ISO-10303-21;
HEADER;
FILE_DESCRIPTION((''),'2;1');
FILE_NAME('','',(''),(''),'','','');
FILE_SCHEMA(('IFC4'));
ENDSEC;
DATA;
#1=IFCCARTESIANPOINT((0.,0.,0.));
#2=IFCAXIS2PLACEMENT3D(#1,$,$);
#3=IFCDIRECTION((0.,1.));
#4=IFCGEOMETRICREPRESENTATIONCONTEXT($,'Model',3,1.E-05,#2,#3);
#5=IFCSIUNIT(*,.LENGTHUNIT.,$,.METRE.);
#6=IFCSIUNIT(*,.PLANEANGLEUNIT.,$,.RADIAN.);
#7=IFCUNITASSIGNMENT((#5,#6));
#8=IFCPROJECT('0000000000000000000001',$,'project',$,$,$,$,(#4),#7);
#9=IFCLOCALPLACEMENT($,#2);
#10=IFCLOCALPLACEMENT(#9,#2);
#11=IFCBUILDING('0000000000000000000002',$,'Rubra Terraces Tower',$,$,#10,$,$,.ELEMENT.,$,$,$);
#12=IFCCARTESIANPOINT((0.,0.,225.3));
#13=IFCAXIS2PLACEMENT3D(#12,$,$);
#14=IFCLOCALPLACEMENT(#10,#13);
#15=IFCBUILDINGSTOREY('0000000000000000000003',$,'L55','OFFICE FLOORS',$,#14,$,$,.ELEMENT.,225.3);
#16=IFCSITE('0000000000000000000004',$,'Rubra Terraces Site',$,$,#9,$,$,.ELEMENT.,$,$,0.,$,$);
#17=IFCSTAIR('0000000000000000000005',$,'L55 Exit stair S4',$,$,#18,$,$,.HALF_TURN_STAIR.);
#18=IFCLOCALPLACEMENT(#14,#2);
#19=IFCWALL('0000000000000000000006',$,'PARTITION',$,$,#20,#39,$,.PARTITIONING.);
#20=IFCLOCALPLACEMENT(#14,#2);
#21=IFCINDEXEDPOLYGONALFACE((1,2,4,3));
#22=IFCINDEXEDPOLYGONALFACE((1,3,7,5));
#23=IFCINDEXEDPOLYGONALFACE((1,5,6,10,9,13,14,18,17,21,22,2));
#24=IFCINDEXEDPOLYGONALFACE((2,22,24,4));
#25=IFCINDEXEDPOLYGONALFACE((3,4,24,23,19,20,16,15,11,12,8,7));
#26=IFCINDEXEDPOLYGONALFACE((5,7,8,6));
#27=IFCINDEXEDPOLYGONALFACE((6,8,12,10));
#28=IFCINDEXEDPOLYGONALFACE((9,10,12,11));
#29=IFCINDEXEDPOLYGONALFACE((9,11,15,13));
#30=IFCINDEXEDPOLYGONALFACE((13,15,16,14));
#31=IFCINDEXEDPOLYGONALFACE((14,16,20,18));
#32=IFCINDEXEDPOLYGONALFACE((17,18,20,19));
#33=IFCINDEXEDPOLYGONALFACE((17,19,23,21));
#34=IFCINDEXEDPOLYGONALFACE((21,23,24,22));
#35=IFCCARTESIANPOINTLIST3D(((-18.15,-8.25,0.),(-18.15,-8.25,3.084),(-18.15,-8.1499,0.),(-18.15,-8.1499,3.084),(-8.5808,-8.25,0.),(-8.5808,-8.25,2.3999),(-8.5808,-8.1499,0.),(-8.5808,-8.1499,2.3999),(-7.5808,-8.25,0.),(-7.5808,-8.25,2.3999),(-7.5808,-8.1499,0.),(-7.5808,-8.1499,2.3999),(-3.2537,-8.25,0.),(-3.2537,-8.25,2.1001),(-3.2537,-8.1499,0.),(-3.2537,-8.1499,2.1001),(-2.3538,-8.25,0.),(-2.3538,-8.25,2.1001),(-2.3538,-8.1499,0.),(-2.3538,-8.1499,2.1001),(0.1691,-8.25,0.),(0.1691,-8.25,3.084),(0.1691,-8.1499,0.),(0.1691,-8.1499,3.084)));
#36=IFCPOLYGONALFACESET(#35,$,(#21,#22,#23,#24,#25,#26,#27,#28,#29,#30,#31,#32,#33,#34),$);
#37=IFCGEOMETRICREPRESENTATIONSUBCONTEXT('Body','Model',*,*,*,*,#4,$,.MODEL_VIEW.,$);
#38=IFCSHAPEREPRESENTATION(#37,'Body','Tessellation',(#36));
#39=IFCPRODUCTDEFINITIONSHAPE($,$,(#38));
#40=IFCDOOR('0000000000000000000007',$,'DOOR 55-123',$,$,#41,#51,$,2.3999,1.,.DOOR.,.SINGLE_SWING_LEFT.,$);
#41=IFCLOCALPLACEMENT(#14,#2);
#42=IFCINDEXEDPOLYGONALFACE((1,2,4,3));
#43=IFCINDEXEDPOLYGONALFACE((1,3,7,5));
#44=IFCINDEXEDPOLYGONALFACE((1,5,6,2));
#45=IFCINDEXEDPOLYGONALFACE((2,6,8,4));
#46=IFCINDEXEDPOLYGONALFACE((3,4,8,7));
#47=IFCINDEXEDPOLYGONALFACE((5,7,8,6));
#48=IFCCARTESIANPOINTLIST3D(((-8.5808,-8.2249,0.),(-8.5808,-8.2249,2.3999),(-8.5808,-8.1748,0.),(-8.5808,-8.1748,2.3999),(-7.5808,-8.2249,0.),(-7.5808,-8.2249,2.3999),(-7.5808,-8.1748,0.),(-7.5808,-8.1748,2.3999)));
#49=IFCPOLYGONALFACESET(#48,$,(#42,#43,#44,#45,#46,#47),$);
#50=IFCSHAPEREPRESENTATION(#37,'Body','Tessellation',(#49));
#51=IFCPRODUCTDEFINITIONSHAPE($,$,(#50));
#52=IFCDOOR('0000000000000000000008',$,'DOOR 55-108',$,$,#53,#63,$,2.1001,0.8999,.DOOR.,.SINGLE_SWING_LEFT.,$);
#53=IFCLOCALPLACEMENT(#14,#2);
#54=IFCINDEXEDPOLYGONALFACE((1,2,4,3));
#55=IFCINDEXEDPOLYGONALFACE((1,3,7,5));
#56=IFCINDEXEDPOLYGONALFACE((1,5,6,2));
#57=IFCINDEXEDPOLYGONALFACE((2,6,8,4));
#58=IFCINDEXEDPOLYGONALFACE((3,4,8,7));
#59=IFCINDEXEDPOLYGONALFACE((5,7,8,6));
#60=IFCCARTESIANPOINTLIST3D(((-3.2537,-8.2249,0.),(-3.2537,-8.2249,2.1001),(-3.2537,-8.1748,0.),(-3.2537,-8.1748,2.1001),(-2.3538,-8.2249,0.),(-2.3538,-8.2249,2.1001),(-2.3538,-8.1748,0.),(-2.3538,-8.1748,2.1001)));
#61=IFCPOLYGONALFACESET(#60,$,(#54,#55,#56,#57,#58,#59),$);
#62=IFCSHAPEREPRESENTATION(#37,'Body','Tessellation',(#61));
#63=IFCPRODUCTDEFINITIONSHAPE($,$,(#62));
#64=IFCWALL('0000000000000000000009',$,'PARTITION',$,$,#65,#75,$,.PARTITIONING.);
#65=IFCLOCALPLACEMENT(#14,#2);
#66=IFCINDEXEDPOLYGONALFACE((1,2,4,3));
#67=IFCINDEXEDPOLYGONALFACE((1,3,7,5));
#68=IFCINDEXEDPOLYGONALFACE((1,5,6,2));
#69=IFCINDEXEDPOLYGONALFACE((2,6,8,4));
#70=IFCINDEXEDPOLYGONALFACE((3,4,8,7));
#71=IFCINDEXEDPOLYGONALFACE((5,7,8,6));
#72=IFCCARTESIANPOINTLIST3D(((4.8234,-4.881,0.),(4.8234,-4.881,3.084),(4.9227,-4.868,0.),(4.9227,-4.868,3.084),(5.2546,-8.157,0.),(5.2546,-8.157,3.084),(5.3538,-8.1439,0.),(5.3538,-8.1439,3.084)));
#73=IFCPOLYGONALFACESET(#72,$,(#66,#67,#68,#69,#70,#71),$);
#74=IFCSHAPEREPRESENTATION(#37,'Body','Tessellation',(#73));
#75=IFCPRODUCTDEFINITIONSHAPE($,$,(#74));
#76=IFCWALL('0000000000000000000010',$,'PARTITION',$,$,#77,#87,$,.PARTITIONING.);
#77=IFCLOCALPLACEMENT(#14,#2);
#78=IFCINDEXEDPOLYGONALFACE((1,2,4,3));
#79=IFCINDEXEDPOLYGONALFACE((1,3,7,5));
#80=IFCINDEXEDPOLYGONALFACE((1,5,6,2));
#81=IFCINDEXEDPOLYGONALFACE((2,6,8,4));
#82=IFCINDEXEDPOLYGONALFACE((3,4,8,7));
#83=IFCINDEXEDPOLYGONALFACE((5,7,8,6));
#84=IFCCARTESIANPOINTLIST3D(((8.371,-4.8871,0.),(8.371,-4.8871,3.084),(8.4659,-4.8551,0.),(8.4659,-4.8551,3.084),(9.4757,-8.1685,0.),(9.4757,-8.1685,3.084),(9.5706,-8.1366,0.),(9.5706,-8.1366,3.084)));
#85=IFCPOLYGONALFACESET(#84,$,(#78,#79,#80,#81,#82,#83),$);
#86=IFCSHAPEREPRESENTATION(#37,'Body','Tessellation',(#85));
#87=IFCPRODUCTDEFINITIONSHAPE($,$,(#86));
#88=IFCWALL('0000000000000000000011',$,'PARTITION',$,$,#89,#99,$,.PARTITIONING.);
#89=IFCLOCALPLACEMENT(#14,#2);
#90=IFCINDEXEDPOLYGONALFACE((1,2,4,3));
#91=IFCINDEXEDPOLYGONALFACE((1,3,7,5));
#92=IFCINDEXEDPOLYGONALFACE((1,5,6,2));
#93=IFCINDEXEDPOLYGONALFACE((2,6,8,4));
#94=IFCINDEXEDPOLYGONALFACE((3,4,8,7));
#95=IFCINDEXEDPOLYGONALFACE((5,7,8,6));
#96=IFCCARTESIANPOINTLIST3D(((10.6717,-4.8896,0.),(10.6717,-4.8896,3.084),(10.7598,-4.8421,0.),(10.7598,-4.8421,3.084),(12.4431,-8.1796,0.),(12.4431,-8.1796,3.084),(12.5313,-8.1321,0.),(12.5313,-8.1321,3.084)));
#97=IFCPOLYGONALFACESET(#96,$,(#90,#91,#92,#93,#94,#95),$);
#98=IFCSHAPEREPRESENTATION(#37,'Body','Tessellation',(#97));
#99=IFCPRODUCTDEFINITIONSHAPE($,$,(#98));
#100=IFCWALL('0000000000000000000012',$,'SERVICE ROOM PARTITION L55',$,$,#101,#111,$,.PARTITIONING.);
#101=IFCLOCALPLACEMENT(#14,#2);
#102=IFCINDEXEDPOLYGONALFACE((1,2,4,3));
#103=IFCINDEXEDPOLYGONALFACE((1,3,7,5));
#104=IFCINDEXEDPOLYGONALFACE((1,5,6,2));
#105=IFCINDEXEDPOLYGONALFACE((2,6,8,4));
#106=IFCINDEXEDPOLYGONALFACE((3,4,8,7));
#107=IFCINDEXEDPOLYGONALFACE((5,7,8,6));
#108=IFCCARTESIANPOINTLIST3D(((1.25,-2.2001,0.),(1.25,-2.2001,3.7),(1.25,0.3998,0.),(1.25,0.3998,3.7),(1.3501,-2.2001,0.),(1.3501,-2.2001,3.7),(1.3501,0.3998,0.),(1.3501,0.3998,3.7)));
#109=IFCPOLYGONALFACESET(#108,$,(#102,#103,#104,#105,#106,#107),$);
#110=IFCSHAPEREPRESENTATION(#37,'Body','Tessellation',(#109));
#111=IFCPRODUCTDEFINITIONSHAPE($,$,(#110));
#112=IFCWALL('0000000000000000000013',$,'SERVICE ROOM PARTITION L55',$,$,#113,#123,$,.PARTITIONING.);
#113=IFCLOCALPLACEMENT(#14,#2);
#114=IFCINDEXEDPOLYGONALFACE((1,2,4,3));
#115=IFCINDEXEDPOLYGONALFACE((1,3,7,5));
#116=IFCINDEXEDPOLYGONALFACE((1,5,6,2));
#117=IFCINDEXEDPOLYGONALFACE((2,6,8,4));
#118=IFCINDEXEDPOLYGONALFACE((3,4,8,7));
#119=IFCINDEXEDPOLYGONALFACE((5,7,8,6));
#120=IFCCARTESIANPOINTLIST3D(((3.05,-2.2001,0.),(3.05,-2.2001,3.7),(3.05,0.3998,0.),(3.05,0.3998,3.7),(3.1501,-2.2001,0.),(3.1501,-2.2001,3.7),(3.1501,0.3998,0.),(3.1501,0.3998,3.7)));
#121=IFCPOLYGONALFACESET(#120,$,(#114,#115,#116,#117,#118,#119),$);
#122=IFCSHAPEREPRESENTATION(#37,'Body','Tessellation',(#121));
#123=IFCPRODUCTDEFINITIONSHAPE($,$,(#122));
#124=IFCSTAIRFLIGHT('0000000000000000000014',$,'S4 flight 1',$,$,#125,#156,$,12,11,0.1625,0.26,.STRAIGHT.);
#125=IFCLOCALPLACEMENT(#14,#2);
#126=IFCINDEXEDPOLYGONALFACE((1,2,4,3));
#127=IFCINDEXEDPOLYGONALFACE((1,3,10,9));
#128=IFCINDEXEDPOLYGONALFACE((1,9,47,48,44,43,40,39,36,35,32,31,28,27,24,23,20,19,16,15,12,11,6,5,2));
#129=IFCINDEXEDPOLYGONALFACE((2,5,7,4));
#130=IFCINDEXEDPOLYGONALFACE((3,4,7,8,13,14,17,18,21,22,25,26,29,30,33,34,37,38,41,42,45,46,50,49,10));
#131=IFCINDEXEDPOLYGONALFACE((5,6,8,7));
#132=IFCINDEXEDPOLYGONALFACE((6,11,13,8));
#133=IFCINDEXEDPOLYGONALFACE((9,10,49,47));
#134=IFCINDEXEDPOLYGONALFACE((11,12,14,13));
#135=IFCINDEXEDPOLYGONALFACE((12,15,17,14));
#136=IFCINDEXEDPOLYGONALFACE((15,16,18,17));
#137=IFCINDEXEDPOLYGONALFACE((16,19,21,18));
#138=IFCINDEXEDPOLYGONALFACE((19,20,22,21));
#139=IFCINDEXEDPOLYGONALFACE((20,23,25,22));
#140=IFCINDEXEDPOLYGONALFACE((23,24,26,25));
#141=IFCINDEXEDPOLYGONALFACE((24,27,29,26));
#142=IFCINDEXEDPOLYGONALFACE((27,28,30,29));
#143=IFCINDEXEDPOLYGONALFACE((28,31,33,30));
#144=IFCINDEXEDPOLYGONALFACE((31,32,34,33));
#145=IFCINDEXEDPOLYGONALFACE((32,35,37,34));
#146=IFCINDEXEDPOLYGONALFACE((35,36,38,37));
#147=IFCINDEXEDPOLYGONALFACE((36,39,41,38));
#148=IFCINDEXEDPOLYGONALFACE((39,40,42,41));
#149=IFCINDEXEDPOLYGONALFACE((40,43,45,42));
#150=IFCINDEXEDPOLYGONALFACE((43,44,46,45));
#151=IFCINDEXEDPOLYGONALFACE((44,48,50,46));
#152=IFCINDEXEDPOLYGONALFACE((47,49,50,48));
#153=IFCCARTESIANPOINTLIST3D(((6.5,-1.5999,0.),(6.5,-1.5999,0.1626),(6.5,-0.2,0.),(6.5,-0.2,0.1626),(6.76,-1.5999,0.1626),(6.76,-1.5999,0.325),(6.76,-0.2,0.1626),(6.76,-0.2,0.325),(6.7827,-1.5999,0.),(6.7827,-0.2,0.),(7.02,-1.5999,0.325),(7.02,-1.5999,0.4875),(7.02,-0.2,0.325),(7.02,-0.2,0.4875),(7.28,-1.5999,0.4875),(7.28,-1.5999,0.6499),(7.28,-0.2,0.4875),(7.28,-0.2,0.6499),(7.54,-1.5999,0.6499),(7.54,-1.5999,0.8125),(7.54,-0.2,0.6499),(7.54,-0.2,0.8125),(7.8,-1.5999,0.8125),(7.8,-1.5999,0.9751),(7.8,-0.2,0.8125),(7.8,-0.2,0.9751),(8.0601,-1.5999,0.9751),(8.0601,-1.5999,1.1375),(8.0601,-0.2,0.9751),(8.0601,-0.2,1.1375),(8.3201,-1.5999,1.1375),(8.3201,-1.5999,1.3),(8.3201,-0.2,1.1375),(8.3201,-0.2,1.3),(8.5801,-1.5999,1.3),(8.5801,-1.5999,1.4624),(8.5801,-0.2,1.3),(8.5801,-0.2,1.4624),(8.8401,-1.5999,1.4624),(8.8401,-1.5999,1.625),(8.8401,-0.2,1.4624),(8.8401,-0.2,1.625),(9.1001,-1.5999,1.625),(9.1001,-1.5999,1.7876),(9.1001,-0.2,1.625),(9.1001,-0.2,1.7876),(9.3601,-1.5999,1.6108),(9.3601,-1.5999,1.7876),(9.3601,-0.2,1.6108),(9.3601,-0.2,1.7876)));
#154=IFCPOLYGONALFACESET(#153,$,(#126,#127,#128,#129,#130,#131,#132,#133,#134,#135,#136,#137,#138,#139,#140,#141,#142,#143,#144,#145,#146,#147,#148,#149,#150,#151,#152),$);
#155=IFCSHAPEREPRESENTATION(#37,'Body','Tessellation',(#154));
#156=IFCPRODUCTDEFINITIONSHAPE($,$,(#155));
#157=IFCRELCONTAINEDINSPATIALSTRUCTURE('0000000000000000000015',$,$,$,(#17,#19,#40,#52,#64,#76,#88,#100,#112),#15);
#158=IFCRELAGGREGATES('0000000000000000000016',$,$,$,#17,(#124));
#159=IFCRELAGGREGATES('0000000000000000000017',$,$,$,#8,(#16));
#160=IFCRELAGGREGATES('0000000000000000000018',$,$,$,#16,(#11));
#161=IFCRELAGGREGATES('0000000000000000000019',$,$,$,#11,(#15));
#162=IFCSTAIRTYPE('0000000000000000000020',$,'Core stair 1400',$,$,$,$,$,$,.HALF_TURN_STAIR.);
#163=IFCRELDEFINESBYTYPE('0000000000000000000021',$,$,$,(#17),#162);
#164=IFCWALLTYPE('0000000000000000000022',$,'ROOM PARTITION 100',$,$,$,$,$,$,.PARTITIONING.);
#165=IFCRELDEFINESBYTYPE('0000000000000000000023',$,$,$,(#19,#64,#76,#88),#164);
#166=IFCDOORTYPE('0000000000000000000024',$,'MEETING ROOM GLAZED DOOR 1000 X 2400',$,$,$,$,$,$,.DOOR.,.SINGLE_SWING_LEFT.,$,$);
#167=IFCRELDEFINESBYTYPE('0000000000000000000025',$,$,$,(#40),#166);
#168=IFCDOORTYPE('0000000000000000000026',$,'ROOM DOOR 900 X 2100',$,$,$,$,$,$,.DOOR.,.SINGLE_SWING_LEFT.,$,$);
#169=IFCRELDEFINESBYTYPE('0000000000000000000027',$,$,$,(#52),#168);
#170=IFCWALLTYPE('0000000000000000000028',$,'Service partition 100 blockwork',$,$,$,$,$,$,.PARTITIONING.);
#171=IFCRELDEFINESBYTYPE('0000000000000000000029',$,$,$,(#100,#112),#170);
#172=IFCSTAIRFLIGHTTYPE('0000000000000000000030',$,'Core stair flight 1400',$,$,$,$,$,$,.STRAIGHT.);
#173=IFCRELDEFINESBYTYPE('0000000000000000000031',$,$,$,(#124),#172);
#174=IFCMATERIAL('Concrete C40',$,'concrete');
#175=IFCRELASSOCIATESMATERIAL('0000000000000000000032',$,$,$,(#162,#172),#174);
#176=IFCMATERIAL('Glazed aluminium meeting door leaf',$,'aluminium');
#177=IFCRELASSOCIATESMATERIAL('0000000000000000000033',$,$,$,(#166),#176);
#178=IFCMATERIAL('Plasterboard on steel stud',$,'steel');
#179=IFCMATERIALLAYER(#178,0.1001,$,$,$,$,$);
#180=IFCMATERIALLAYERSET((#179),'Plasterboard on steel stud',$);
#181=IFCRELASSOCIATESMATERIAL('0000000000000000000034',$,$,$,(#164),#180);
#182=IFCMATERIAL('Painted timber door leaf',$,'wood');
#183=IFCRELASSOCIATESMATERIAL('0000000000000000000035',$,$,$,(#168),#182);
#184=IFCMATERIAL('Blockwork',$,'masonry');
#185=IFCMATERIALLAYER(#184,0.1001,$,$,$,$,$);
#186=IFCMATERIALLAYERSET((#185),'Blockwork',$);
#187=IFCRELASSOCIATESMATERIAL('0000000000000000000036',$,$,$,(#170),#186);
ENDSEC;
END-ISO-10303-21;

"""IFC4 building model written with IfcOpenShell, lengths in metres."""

from ifc_helpers import new_model, si_unit, direction, frame, frame_2d, origin, place, context, subcontext, project, spatial, polyline, rectangle, outline, extrude, material, layer, layer_set, type_object, element, fill, aggregate, save


model = new_model("IFC4")

# Units and contexts
model_context = context("Model", 3, precision=1e-05, world=origin(), true_north=direction((0.0, 1.0)))
body_context = subcontext(model_context, "Body", "Model", "MODEL_VIEW")
ifc_project = project(units=[si_unit("LENGTHUNIT", "METRE"), si_unit("PLANEANGLEUNIT", "RADIAN")], contexts=[model_context])

# Site, building, storey
site_placement = place(None, origin())
site = spatial("IfcSite", under=ifc_project, at=site_placement, Name="Rubra Terraces Site", CompositionType="ELEMENT", RefElevation=0.0)
building_placement = place(site_placement, origin())
building = spatial("IfcBuilding", under=site, at=building_placement, Name="Rubra Terraces Tower", CompositionType="ELEMENT")
storey_placement = place(building_placement, frame((0.0, 0.0, 225.3)))
storey = spatial("IfcBuildingStorey", under=building, at=storey_placement, Name="L55", Description="OFFICE FLOORS", CompositionType="ELEMENT", Elevation=225.3)

# Shared definitions
ifc_material_1 = material(Name="Concrete C40", Category="concrete")

# Stair
stair_type = type_object("IfcStairType", Name="Core stair 1400", PredefinedType="HALF_TURN_STAIR", material=ifc_material_1)
stair_1_placement = place(storey_placement, origin())
stair_1 = element("IfcStair", 1, at=stair_1_placement, inside=storey, type_object=stair_type, Name="L55 Exit stair S4", PredefinedType="HALF_TURN_STAIR")

# Shared definitions
ifc_material_2 = material(Name="Glazed aluminium meeting door leaf", Category="aluminium")
door_type_1 = type_object("IfcDoorType", Name="MEETING ROOM GLAZED DOOR 1000 X 2400", OperationType="SINGLE_SWING_LEFT", PredefinedType="DOOR", material=ifc_material_2)

# Wall, openings, doors
ifc_material_3 = material(Name="Plasterboard on steel stud", Category="steel")
ifc_layer_1 = layer(ifc_material_3, 0.1001)
ifc_layer_set_1 = layer_set([ifc_layer_1], Name="Plasterboard on steel stud")
wall_type_1 = type_object("IfcWallType", Name="ROOM PARTITION 100", PredefinedType="PARTITIONING", material=ifc_layer_set_1)
wall_1_placement = place(storey_placement, frame((0.1692, -8.2, 0.0), z_axis=(0.0, 0.0, 1.0), x_axis=(-1.0, 0.0, 0.0)))
wall_1 = element("IfcWall", 2, at=wall_1_placement, inside=storey, type_object=wall_type_1, Name="PARTITION", PredefinedType="PARTITIONING", context=body_context, shape_type="SweptSolid", body=[
    extrude(rectangle(XDim=18.3191, YDim=0.1001, at=frame_2d((9.1597, 0.0))), origin(), (0.0, 0.0, 1.0), 3.084),
])
opening_1_placement = place(wall_1_placement, frame((2.5229, 0.0, 0.0)))
opening_1 = element("IfcOpeningElement", 3, at=opening_1_placement, cuts=wall_1, PredefinedType="OPENING", context=body_context, shape_type="SweptSolid", body=[
    extrude(rectangle(XDim=0.8999, YDim=2.1001, at=frame_2d((0.45, 1.05))), frame((0.0, 0.0601, 0.0), z_axis=(0.0, -1.0, 0.0), x_axis=(1.0, 0.0, 0.0)), (0.0, 0.0, 1.0), 0.1201),
])
opening_2_placement = place(wall_1_placement, frame((7.75, 0.0, 0.0)))
opening_2 = element("IfcOpeningElement", 4, at=opening_2_placement, cuts=wall_1, PredefinedType="OPENING", context=body_context, shape_type="SweptSolid", body=[
    extrude(rectangle(XDim=1.0, YDim=2.3999, at=frame_2d((0.5, 1.2))), frame((0.0, 0.0601, 0.0), z_axis=(0.0, -1.0, 0.0), x_axis=(1.0, 0.0, 0.0)), (0.0, 0.0, 1.0), 0.1201),
])
door_1_placement = place(opening_2_placement, origin())
door_1 = element("IfcDoor", 5, at=door_1_placement, inside=storey, type_object=door_type_1, Name="DOOR 55-123", OperationType="SINGLE_SWING_LEFT", OverallHeight=2.3999, OverallWidth=1.0, PredefinedType="DOOR", context=body_context, shape_type="SweptSolid", body=[
    extrude(rectangle(XDim=1.0, YDim=2.3999, at=frame_2d((0.5, 1.2))), frame((0.0, 0.0249, 0.0), z_axis=(0.0, -1.0, 0.0), x_axis=(1.0, 0.0, 0.0)), (0.0, 0.0, 1.0), 0.05),
])
fill(opening_2, door_1)
ifc_material_4 = material(Name="Painted timber door leaf", Category="wood")
door_type_2 = type_object("IfcDoorType", Name="ROOM DOOR 900 X 2100", OperationType="SINGLE_SWING_LEFT", PredefinedType="DOOR", material=ifc_material_4)
door_2_placement = place(opening_1_placement, origin())
door_2 = element("IfcDoor", 6, at=door_2_placement, inside=storey, type_object=door_type_2, Name="DOOR 55-108", OperationType="SINGLE_SWING_LEFT", OverallHeight=2.1001, OverallWidth=0.8999, PredefinedType="DOOR", context=body_context, shape_type="SweptSolid", body=[
    extrude(rectangle(XDim=0.8999, YDim=2.1001, at=frame_2d((0.45, 1.05))), frame((0.0, 0.0249, 0.0), z_axis=(0.0, -1.0, 0.0), x_axis=(1.0, 0.0, 0.0)), (0.0, 0.0, 1.0), 0.05),
])
fill(opening_1, door_2)

# Walls
wall_2_placement = place(storey_placement, frame((4.873, -4.8745, 0.0), z_axis=(0.0, 0.0, 1.0), x_axis=(0.130489, -0.99145, 0.0)))
element("IfcWall", 7, at=wall_2_placement, inside=storey, type_object=wall_type_1, Name="PARTITION", PredefinedType="PARTITIONING", context=body_context, shape_type="SweptSolid", body=[
    extrude(rectangle(XDim=3.3042, YDim=0.1001, at=frame_2d((1.6521, 0.0))), origin(), (0.0, 0.0, 1.0), 3.084),
])
wall_3_placement = place(storey_placement, frame((8.4185, -4.8711, 0.0), z_axis=(0.0, 0.0, 1.0), x_axis=(0.319061, -0.947734, 0.0)))
element("IfcWall", 8, at=wall_3_placement, inside=storey, type_object=wall_type_1, Name="PARTITION", PredefinedType="PARTITIONING", context=body_context, shape_type="SweptSolid", body=[
    extrude(rectangle(XDim=3.4624, YDim=0.1001, at=frame_2d((1.7312, 0.0))), origin(), (0.0, 0.0, 1.0), 3.084),
])
wall_4_placement = place(storey_placement, frame((10.7158, -4.866, 0.0), z_axis=(0.0, 0.0, 1.0), x_axis=(0.474084, -0.880479, 0.0)))
element("IfcWall", 9, at=wall_4_placement, inside=storey, type_object=wall_type_1, Name="PARTITION", PredefinedType="PARTITIONING", context=body_context, shape_type="SweptSolid", body=[
    extrude(rectangle(XDim=3.7366, YDim=0.1001, at=frame_2d((1.8682, 0.0))), origin(), (0.0, 0.0, 1.0), 3.084),
])
ifc_material_5 = material(Name="Blockwork", Category="masonry")
ifc_layer_2 = layer(ifc_material_5, 0.1001)
ifc_layer_set_2 = layer_set([ifc_layer_2], Name="Blockwork")
wall_type_2 = type_object("IfcWallType", Name="Service partition 100 blockwork", PredefinedType="PARTITIONING", material=ifc_layer_set_2)
for number, where, z_axis, x_axis, name in (
    (10, (1.3, -2.2, 0.0), (0.0, 0.0, 1.0), (0.0, 1.0, 0.0), "SERVICE ROOM PARTITION L55"),
    (11, (3.1001, -2.2, 0.0), (0.0, 0.0, 1.0), (0.0, 1.0, 0.0), "SERVICE ROOM PARTITION L55"),
):
    element("IfcWall", number, at=place(storey_placement, frame(where, z_axis=z_axis, x_axis=x_axis)), inside=storey, type_object=wall_type_2, Name=name, PredefinedType="PARTITIONING", context=body_context, shape_type="SweptSolid", body=[
        extrude(rectangle(XDim=2.5999, YDim=0.1001, at=frame_2d((1.2998, 0.0))), origin(), (0.0, 0.0, 1.0), 3.7),
    ])

# Stair flight
stair_flight_type = type_object("IfcStairFlightType", Name="Core stair flight 1400", PredefinedType="STRAIGHT", material=ifc_material_1)
stair_flight_placement = place(storey_placement, frame((6.5, -0.8999, 0.0), z_axis=(0.0, 0.0, 1.0), x_axis=(1.0, 0.0, 0.0)))
stair_flight = element("IfcStairFlight", 12, at=stair_flight_placement, type_object=stair_flight_type, Name="S4 flight 1", NumberOfRisers=12, NumberOfTreads=11, PredefinedType="STRAIGHT", RiserHeight=0.1625, TreadLength=0.26, context=body_context, shape_type="SweptSolid", body=[
    extrude(outline(polyline([(0.0, 0.0), (0.0, 0.1626), (0.26, 0.1626), (0.26, 0.325), (0.52, 0.325), (0.52, 0.4875), (0.78, 0.4875), (0.78, 0.6499), (1.04, 0.6499), (1.04, 0.8125), (1.3, 0.8125), (1.3, 0.9751), (1.5601, 0.9751), (1.5601, 1.1375), (1.8201, 1.1375), (1.8201, 1.3), (2.0801, 1.3), (2.0801, 1.4624), (2.3401, 1.4624), (2.3401, 1.625), (2.6001, 1.625), (2.6001, 1.7876), (2.8601, 1.7876), (2.8601, 1.95), (2.8601, 1.6108), (0.2827, 0.0), (0.0, 0.0)])), frame((0.0, 0.7, 0.0), z_axis=(0.0, -1.0, 0.0), x_axis=(1.0, 0.0, 0.0)), (0.0, 0.0, 1.0), 1.3999),
])
aggregate(stair_1, [stair_flight])

save(model, "model.ifc")
